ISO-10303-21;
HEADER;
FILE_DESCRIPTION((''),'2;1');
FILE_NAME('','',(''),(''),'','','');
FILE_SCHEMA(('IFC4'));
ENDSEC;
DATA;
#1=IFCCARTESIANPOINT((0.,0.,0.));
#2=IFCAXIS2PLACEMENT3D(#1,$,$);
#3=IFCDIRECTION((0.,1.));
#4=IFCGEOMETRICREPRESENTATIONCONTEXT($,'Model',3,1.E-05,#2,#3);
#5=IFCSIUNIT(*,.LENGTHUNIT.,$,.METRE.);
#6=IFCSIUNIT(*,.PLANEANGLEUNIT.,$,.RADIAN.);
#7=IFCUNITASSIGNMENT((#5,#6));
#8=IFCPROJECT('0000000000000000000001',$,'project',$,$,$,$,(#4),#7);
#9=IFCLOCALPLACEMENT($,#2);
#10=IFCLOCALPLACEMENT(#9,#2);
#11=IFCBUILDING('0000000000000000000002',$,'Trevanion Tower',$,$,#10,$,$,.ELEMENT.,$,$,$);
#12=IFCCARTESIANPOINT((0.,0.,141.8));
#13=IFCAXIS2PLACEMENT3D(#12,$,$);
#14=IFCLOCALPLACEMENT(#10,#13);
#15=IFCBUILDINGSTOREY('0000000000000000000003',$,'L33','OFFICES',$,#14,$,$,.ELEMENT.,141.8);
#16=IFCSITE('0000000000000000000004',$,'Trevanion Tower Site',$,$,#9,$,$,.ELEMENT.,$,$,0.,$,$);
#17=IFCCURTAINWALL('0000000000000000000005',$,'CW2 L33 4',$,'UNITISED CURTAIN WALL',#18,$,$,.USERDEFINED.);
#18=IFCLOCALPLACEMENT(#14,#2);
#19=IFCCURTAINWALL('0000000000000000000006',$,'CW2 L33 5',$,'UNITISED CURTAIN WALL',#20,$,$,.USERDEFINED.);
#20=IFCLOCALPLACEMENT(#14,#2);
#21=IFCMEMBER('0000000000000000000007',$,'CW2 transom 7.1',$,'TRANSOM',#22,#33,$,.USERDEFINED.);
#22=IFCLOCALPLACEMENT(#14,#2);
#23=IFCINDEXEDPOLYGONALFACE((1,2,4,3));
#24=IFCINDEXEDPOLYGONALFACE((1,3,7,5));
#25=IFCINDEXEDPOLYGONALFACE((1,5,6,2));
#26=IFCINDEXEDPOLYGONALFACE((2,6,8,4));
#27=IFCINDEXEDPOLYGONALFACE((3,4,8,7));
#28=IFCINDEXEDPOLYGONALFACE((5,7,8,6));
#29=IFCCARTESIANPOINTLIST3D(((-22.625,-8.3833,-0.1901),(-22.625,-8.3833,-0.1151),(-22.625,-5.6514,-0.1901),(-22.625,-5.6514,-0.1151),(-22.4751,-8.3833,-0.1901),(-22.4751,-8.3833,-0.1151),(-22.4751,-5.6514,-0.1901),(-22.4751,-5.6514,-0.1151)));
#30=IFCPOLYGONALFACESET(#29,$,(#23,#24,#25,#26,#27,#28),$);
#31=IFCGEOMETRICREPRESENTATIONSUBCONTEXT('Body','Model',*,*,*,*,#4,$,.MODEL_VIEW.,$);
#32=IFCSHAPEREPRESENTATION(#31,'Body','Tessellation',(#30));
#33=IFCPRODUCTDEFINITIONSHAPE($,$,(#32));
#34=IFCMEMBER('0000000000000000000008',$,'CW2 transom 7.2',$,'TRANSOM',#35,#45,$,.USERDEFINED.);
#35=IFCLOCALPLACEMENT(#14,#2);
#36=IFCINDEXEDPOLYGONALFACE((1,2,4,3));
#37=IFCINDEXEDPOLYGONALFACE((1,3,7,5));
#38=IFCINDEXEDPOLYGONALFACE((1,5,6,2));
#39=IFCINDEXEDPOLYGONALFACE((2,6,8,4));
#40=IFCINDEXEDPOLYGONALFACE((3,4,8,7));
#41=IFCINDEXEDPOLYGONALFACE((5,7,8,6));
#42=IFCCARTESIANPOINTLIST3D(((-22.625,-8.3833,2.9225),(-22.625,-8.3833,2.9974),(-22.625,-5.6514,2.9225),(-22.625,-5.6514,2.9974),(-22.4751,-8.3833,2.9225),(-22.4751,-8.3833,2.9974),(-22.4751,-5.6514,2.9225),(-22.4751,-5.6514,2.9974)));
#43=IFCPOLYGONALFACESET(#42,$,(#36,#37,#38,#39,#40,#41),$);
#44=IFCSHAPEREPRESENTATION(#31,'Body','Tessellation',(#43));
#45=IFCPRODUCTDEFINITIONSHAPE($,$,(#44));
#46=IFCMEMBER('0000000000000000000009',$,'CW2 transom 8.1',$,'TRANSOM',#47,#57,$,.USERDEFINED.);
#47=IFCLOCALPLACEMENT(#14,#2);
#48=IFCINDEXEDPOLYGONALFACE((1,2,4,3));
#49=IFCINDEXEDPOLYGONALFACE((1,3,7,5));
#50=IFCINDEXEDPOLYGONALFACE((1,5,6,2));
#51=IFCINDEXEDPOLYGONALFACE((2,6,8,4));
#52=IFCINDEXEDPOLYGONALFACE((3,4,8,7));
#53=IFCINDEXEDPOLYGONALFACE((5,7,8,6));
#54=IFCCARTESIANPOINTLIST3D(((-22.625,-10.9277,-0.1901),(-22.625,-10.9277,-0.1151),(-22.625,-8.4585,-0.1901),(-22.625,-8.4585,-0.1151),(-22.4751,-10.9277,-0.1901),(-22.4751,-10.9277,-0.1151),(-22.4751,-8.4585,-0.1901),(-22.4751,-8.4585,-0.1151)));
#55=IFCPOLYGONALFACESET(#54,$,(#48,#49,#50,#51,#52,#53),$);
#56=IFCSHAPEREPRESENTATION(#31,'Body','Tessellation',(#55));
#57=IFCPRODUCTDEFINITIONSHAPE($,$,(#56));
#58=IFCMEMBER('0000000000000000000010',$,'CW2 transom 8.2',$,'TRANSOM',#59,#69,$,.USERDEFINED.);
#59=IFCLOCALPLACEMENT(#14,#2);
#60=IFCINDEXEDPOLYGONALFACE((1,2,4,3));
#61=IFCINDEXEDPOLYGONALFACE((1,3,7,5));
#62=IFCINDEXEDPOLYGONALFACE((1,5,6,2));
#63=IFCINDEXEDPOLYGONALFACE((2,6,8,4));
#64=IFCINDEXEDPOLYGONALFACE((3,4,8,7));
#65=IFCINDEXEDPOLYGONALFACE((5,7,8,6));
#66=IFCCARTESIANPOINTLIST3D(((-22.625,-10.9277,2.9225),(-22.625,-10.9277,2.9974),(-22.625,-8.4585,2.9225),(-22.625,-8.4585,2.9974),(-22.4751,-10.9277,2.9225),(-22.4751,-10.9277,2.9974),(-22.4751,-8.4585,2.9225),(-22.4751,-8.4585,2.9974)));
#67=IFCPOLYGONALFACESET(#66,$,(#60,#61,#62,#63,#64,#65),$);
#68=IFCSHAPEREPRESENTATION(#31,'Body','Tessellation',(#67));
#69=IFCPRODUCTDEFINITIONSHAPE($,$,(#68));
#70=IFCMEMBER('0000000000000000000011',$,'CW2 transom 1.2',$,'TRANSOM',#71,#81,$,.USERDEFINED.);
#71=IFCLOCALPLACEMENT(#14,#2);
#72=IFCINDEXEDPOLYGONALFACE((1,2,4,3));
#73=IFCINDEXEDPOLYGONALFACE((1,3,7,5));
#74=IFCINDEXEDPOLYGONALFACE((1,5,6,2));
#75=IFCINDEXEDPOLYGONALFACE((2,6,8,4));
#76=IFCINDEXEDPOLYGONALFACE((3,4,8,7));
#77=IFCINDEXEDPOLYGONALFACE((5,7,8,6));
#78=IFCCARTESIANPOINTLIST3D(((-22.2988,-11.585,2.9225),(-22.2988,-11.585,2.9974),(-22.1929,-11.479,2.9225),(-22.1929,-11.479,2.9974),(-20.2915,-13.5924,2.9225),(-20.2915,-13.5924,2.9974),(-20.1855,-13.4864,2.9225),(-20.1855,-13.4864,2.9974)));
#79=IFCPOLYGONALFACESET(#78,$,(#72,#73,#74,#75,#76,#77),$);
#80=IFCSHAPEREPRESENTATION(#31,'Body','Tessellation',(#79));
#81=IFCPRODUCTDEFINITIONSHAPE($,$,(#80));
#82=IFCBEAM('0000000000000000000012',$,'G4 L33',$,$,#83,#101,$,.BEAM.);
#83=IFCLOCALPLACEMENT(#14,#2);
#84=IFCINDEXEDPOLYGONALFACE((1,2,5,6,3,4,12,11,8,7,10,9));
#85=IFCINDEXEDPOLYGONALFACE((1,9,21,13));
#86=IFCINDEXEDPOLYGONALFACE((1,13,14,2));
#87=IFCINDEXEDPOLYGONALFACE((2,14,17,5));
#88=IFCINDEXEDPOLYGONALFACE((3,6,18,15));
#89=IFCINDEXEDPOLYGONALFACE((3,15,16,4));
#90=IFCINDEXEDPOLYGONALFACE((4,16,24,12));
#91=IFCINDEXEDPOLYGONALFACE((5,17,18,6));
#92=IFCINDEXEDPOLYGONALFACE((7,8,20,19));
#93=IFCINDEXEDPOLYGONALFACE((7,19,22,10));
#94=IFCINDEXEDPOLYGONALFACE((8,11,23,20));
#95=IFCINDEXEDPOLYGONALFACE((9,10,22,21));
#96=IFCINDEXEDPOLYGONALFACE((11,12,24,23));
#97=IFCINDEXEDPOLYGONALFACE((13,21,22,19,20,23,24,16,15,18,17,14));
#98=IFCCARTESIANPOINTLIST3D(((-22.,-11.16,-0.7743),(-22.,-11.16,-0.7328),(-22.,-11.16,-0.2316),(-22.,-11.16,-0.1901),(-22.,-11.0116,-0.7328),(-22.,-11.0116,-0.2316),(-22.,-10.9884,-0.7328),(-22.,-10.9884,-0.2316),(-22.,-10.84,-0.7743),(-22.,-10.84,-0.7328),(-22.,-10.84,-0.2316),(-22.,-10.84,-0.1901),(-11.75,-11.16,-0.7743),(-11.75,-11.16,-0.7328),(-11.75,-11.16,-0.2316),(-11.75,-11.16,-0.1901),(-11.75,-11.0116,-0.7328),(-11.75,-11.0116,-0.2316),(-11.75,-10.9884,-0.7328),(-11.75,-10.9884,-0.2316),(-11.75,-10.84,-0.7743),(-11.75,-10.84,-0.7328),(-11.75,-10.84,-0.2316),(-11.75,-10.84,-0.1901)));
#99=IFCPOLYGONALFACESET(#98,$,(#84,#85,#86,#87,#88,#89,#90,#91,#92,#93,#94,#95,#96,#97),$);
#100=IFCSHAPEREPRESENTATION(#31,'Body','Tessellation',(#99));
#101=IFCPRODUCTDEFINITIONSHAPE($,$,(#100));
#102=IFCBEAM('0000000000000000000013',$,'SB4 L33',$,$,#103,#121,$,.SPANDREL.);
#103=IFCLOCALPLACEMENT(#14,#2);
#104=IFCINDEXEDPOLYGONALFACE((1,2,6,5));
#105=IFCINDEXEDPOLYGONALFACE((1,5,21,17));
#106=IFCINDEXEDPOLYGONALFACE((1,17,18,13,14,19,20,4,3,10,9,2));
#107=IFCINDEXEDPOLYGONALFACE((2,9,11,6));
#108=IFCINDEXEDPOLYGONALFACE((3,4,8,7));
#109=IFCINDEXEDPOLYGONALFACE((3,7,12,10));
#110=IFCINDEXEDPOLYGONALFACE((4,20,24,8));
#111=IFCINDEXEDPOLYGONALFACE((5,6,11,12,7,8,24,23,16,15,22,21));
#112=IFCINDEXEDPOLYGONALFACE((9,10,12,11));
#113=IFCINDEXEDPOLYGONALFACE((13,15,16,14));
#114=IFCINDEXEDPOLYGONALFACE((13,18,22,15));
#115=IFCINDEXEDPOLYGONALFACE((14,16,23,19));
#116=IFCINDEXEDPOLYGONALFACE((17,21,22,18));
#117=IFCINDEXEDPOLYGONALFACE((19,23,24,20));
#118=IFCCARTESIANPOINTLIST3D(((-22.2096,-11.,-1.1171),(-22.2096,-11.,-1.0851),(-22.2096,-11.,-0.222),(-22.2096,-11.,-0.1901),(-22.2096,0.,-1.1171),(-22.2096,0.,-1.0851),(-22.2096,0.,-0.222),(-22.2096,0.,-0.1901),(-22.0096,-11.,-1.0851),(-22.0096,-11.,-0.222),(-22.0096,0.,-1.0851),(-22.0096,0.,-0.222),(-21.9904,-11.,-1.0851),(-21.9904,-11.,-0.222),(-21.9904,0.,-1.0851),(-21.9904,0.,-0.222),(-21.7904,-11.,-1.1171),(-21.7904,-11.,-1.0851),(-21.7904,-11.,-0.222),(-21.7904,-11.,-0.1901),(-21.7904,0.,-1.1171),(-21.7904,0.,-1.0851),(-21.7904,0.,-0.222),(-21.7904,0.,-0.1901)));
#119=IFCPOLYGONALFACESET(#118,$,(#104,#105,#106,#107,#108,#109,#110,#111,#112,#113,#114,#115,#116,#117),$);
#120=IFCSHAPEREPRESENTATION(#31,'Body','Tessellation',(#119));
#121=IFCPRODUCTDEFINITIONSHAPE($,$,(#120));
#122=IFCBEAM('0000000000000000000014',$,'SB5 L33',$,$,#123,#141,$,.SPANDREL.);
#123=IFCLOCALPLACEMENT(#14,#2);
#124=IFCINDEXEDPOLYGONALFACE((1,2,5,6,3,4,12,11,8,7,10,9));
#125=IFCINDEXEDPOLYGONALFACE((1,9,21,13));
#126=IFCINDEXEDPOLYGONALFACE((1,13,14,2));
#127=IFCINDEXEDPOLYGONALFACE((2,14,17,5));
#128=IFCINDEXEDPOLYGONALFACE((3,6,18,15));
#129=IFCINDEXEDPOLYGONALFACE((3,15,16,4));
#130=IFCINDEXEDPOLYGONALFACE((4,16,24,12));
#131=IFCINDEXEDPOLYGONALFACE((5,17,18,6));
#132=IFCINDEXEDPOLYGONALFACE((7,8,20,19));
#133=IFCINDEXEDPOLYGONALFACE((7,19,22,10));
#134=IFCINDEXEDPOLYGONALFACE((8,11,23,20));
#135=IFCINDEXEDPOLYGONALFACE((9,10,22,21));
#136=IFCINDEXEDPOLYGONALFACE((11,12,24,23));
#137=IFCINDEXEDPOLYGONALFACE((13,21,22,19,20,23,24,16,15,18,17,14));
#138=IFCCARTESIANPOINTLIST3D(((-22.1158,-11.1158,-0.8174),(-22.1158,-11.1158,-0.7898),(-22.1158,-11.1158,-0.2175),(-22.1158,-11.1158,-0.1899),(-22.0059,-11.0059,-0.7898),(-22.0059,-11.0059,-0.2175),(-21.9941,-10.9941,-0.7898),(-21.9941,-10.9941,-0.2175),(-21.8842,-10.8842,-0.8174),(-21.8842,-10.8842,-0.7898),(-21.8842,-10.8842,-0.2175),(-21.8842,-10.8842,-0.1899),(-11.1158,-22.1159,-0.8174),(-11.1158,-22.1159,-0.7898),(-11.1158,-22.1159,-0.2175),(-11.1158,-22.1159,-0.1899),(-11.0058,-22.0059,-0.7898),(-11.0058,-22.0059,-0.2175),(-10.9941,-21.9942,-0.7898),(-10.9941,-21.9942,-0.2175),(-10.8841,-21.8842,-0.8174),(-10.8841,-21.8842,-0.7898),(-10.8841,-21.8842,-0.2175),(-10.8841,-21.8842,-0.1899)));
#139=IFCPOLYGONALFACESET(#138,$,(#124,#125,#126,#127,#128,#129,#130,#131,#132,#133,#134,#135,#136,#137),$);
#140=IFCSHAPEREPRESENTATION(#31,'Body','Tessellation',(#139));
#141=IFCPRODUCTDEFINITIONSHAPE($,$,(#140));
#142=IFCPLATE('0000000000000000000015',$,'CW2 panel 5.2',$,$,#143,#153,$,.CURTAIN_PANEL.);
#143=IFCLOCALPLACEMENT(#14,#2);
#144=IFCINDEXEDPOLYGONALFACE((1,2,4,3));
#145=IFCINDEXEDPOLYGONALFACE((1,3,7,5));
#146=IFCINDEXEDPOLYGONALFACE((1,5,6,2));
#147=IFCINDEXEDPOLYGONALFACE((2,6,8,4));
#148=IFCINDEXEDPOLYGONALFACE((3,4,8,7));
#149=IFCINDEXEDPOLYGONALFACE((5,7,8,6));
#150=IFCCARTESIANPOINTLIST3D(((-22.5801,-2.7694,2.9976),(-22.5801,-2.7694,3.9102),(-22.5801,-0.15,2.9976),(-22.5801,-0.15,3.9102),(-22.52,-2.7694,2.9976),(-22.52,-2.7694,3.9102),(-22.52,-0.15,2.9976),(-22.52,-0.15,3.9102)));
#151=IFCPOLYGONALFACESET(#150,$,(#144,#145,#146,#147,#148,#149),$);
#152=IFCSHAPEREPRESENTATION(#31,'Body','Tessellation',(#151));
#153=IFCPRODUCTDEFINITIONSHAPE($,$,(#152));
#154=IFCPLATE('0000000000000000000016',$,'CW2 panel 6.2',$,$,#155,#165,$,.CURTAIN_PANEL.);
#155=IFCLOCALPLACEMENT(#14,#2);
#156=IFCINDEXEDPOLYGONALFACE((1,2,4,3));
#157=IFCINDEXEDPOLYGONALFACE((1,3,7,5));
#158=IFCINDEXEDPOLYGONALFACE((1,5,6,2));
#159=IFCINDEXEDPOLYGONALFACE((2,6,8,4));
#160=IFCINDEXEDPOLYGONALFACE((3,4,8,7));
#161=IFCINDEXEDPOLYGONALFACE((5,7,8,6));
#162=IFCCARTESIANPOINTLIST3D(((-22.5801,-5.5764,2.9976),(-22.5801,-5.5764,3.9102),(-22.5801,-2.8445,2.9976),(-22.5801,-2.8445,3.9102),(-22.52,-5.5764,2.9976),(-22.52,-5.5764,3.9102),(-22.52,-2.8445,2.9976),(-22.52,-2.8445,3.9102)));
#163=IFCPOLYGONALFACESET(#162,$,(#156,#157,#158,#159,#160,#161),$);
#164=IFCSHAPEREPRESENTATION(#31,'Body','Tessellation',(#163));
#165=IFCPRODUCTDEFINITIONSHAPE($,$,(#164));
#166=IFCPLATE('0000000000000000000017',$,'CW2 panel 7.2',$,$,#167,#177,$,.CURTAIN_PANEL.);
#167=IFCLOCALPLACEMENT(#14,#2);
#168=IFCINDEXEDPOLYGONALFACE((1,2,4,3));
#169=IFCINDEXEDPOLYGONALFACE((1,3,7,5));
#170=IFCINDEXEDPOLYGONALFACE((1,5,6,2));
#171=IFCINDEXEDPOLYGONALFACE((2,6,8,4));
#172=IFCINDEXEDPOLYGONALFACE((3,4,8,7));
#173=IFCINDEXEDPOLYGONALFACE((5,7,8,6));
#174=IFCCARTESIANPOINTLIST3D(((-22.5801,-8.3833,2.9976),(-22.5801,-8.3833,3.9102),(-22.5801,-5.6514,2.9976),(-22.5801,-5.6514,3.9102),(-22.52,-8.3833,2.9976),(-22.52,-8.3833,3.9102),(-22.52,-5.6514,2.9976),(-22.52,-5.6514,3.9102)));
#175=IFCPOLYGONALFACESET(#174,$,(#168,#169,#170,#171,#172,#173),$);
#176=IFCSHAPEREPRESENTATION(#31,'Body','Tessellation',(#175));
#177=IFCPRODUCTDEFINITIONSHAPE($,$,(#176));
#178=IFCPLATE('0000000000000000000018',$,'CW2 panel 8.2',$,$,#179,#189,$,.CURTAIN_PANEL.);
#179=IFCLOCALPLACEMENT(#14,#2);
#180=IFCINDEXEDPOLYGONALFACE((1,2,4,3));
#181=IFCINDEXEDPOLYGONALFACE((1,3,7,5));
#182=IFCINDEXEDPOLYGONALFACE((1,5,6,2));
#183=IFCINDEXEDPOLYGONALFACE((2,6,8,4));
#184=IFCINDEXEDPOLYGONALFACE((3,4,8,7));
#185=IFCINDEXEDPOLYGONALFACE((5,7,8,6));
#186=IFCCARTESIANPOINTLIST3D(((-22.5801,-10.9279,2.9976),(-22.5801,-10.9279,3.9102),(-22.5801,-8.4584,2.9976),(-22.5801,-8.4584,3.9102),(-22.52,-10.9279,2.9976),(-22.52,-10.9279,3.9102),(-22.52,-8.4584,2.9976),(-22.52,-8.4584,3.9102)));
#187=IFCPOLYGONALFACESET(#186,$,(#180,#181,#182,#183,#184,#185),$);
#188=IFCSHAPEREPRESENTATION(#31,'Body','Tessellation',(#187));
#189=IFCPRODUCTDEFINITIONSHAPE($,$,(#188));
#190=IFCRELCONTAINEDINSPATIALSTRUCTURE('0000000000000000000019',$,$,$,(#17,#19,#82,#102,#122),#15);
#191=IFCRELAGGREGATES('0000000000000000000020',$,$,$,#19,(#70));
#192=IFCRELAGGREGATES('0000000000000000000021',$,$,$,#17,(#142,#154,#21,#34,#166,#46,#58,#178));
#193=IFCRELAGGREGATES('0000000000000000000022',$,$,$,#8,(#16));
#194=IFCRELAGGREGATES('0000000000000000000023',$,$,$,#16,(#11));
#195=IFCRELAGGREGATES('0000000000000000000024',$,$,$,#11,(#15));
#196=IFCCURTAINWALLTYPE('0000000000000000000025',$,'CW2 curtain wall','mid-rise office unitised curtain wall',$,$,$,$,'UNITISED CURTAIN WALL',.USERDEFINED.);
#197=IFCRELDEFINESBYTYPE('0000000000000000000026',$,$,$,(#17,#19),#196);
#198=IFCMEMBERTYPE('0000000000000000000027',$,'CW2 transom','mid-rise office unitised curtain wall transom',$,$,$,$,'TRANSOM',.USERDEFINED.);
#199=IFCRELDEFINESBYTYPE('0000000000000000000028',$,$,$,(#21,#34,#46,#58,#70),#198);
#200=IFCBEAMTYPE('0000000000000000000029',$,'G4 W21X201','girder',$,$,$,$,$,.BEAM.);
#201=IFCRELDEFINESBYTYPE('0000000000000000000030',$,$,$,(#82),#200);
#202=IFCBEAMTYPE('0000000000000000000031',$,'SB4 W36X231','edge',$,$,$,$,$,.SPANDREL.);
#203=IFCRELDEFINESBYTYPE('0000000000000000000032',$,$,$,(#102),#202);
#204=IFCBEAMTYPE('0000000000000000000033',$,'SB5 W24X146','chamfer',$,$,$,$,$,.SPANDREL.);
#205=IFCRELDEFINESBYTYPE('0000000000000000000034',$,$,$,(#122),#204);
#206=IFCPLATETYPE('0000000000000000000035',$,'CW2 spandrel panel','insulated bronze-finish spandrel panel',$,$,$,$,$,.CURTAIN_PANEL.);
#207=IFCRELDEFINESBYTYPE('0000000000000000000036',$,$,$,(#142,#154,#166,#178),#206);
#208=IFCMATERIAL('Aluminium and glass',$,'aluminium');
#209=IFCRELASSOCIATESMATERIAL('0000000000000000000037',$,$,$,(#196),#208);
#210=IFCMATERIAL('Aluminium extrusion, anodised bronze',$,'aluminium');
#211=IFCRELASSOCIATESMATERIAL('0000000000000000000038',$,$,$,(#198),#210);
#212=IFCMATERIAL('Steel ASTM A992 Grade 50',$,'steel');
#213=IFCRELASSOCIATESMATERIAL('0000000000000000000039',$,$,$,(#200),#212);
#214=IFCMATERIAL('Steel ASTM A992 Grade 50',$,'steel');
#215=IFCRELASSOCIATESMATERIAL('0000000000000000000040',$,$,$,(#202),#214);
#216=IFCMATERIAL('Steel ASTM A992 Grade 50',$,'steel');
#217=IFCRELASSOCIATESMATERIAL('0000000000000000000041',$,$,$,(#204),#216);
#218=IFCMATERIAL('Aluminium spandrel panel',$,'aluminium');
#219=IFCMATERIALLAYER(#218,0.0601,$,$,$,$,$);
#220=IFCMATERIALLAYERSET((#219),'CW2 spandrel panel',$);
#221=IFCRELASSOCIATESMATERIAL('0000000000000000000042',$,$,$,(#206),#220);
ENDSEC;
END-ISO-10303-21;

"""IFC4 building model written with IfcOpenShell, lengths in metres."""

from ifc_helpers import new_model, si_unit, direction, frame, origin, origin_2d, place, context, subcontext, project, spatial, rectangle, i_section, extrude, material, layer, layer_set, material_profile, profile_set, type_object, element, aggregate, save


model = new_model("IFC4")

# Units and contexts
model_context = context("Model", 3, precision=1e-05, world=origin(), true_north=direction((0.0, 1.0)))
body_context = subcontext(model_context, "Body", "Model", "MODEL_VIEW")
ifc_project = project(units=[si_unit("LENGTHUNIT", "METRE"), si_unit("PLANEANGLEUNIT", "RADIAN")], contexts=[model_context])

# Site, building, storey
site_placement = place(None, origin())
site = spatial("IfcSite", under=ifc_project, at=site_placement, Name="Trevanion Tower Site", CompositionType="ELEMENT", RefElevation=0.0)
building_placement = place(site_placement, origin())
building = spatial("IfcBuilding", under=site, at=building_placement, Name="Trevanion Tower", CompositionType="ELEMENT")
storey_placement = place(building_placement, frame((0.0, 0.0, 141.8)))
storey = spatial("IfcBuildingStorey", under=building, at=storey_placement, Name="L33", Description="OFFICES", CompositionType="ELEMENT", Elevation=141.8)

# Curtain wall
ifc_material_1 = material(Name="Aluminium and glass", Category="aluminium")
curtain_wall_type = type_object("IfcCurtainWallType", Name="CW2 curtain wall", Description="mid-rise office unitised curtain wall", ElementType="UNITISED CURTAIN WALL", PredefinedType="USERDEFINED", material=ifc_material_1)
curtain_wall_1_placement = place(storey_placement, origin())
curtain_wall_1 = element("IfcCurtainWall", 1, at=curtain_wall_1_placement, inside=storey, type_object=curtain_wall_type, Name="CW2 L33 4", ObjectType="UNITISED CURTAIN WALL", PredefinedType="USERDEFINED")

# Curtain wall
curtain_wall_2_placement = place(storey_placement, origin())
curtain_wall_2 = element("IfcCurtainWall", 2, at=curtain_wall_2_placement, inside=storey, type_object=curtain_wall_type, Name="CW2 L33 5", ObjectType="UNITISED CURTAIN WALL", PredefinedType="USERDEFINED")

# Members
ifc_material_2 = material(Name="Aluminium extrusion, anodised bronze", Category="aluminium")
ifc_material_profile_1 = material_profile(ifc_material_2, rectangle(XDim=0.1499, YDim=0.075, at=origin_2d()), Name="CW2 transom")
ifc_profile_set_1 = profile_set([ifc_material_profile_1], Name="Aluminium extrusion, anodised bronze")
member_type_1 = type_object("IfcMemberType", Name="CW2 transom", Description="mid-rise office unitised curtain wall transom", ElementType="TRANSOM", PredefinedType="USERDEFINED", material=ifc_profile_set_1)
member_1_placement = place(storey_placement, frame((-22.55, -5.6514, -0.1526), z_axis=(0.0, -1.0, 0.0), x_axis=(1.0, 0.0, 0.0)))
member_1 = element("IfcMember", 3, at=member_1_placement, type_object=member_type_1, Name="CW2 transom 7.1", ObjectType="TRANSOM", PredefinedType="USERDEFINED", context=body_context, shape_type="SweptSolid", body=[
    extrude(rectangle(XDim=0.1499, YDim=0.075, at=origin_2d()), origin(), (0.0, 0.0, 1.0), 2.7319),
])
member_2_placement = place(storey_placement, frame((-22.55, -5.6514, 2.96), z_axis=(0.0, -1.0, 0.0), x_axis=(1.0, 0.0, 0.0)))
member_2 = element("IfcMember", 4, at=member_2_placement, type_object=member_type_1, Name="CW2 transom 7.2", ObjectType="TRANSOM", PredefinedType="USERDEFINED", context=body_context, shape_type="SweptSolid", body=[
    extrude(rectangle(XDim=0.1499, YDim=0.075, at=origin_2d()), origin(), (0.0, 0.0, 1.0), 2.7319),
])
member_3_placement = place(storey_placement, frame((-22.55, -8.4585, -0.1526), z_axis=(0.0, -1.0, 0.0), x_axis=(1.0, 0.0, 0.0)))
member_3 = element("IfcMember", 5, at=member_3_placement, type_object=member_type_1, Name="CW2 transom 8.1", ObjectType="TRANSOM", PredefinedType="USERDEFINED", context=body_context, shape_type="SweptSolid", body=[
    extrude(rectangle(XDim=0.1499, YDim=0.075, at=origin_2d()), origin(), (0.0, 0.0, 1.0), 2.4692),
])
member_4_placement = place(storey_placement, frame((-22.55, -8.4585, 2.96), z_axis=(0.0, -1.0, 0.0), x_axis=(1.0, 0.0, 0.0)))
member_4 = element("IfcMember", 6, at=member_4_placement, type_object=member_type_1, Name="CW2 transom 8.2", ObjectType="TRANSOM", PredefinedType="USERDEFINED", context=body_context, shape_type="SweptSolid", body=[
    extrude(rectangle(XDim=0.1499, YDim=0.075, at=origin_2d()), origin(), (0.0, 0.0, 1.0), 2.4692),
])
member_5_placement = place(storey_placement, frame((-22.2458, -11.532, 2.96), z_axis=(0.707107, -0.707107, 0.0), x_axis=(0.707107, 0.707107, 0.0)))
member_5 = element("IfcMember", 7, at=member_5_placement, type_object=member_type_1, Name="CW2 transom 1.2", ObjectType="TRANSOM", PredefinedType="USERDEFINED", context=body_context, shape_type="SweptSolid", body=[
    extrude(rectangle(XDim=0.1499, YDim=0.075, at=origin_2d()), origin(), (0.0, 0.0, 1.0), 2.8389),
])
aggregate(curtain_wall_2, [member_5])

# Beams
ifc_material_3 = material(Name="Steel ASTM A992 Grade 50", Category="steel")
ifc_material_profile_2 = material_profile(ifc_material_3, i_section(OverallWidth=0.3201, OverallDepth=0.5842, WebThickness=0.0232, FlangeThickness=0.0415, at=origin_2d()), Name="W21X201")
ifc_profile_set_2 = profile_set([ifc_material_profile_2], Name="Steel ASTM A992 Grade 50")
beam_type_1 = type_object("IfcBeamType", Name="G4 W21X201", Description="girder", PredefinedType="BEAM", material=ifc_profile_set_2)
beam_1_placement = place(storey_placement, frame((-11.75, -11.0, -0.4822), z_axis=(-1.0, 0.0, 0.0), x_axis=(0.0, -1.0, 0.0)))
element("IfcBeam", 8, at=beam_1_placement, inside=storey, type_object=beam_type_1, Name="G4 L33", PredefinedType="BEAM", context=body_context, shape_type="SweptSolid", body=[
    extrude(i_section(OverallWidth=0.3201, OverallDepth=0.5842, WebThickness=0.0232, FlangeThickness=0.0415, at=origin_2d()), origin(), (0.0, 0.0, 1.0), 10.25),
])
ifc_material_4 = material(Name="Steel ASTM A992 Grade 50", Category="steel")
ifc_material_profile_3 = material_profile(ifc_material_4, i_section(OverallWidth=0.4192, OverallDepth=0.927, WebThickness=0.0193, FlangeThickness=0.032, at=origin_2d()), Name="W36X231")
ifc_profile_set_3 = profile_set([ifc_material_profile_3], Name="Steel ASTM A992 Grade 50")
beam_type_2 = type_object("IfcBeamType", Name="SB4 W36X231", Description="edge", PredefinedType="SPANDREL", material=ifc_profile_set_3)
beam_2_placement = place(storey_placement, frame((-22.0, 0.0, -0.6536), z_axis=(0.0, -1.0, 0.0), x_axis=(1.0, 0.0, 0.0)))
element("IfcBeam", 9, at=beam_2_placement, inside=storey, type_object=beam_type_2, Name="SB4 L33", PredefinedType="SPANDREL", context=body_context, shape_type="SweptSolid", body=[
    extrude(i_section(OverallWidth=0.4192, OverallDepth=0.927, WebThickness=0.0193, FlangeThickness=0.032, at=origin_2d()), origin(), (0.0, 0.0, 1.0), 11.0),
])
ifc_material_5 = material(Name="Steel ASTM A992 Grade 50", Category="steel")
ifc_material_profile_4 = material_profile(ifc_material_5, i_section(OverallWidth=0.3276, OverallDepth=0.6274, WebThickness=0.0166, FlangeThickness=0.0276, at=origin_2d()), Name="W24X146")
ifc_profile_set_4 = profile_set([ifc_material_profile_4], Name="Steel ASTM A992 Grade 50")
beam_type_3 = type_object("IfcBeamType", Name="SB5 W24X146", Description="chamfer", PredefinedType="SPANDREL", material=ifc_profile_set_4)
beam_3_placement = place(storey_placement, frame((-22.0, -11.0, -0.5037), z_axis=(0.707107, -0.707107, 0.0), x_axis=(0.707107, 0.707107, 0.0)))
element("IfcBeam", 10, at=beam_3_placement, inside=storey, type_object=beam_type_3, Name="SB5 L33", PredefinedType="SPANDREL", context=body_context, shape_type="SweptSolid", body=[
    extrude(i_section(OverallWidth=0.3276, OverallDepth=0.6274, WebThickness=0.0166, FlangeThickness=0.0276, at=origin_2d()), origin(), (0.0, 0.0, 1.0), 15.5564),
])

# Plates
ifc_material_6 = material(Name="Aluminium spandrel panel", Category="aluminium")
ifc_layer_1 = layer(ifc_material_6, 0.0601)
ifc_layer_set_1 = layer_set([ifc_layer_1], Name="CW2 spandrel panel")
plate_type_1 = type_object("IfcPlateType", Name="CW2 spandrel panel", Description="insulated bronze-finish spandrel panel", PredefinedType="CURTAIN_PANEL", material=ifc_layer_set_1)
plate_1_placement = place(storey_placement, frame((-22.55, -1.4597, 2.9976), z_axis=(0.0, 0.0, 1.0), x_axis=(0.0, -1.0, 0.0)))
plate_1 = element("IfcPlate", 11, at=plate_1_placement, type_object=plate_type_1, Name="CW2 panel 5.2", PredefinedType="CURTAIN_PANEL", context=body_context, shape_type="SweptSolid", body=[
    extrude(rectangle(XDim=2.6194, YDim=0.0601, at=origin_2d()), origin(), (0.0, 0.0, 1.0), 0.9126),
])
plate_2_placement = place(storey_placement, frame((-22.55, -4.2104, 2.9976), z_axis=(0.0, 0.0, 1.0), x_axis=(0.0, -1.0, 0.0)))
plate_2 = element("IfcPlate", 12, at=plate_2_placement, type_object=plate_type_1, Name="CW2 panel 6.2", PredefinedType="CURTAIN_PANEL", context=body_context, shape_type="SweptSolid", body=[
    extrude(rectangle(XDim=2.7319, YDim=0.0601, at=origin_2d()), origin(), (0.0, 0.0, 1.0), 0.9126),
])
plate_3_placement = place(storey_placement, frame((-22.55, -7.0173, 2.9976), z_axis=(0.0, 0.0, 1.0), x_axis=(0.0, -1.0, 0.0)))
plate_3 = element("IfcPlate", 13, at=plate_3_placement, type_object=plate_type_1, Name="CW2 panel 7.2", PredefinedType="CURTAIN_PANEL", context=body_context, shape_type="SweptSolid", body=[
    extrude(rectangle(XDim=2.7319, YDim=0.0601, at=origin_2d()), origin(), (0.0, 0.0, 1.0), 0.9126),
])
plate_4_placement = place(storey_placement, frame((-22.55, -9.6931, 2.9976), z_axis=(0.0, 0.0, 1.0), x_axis=(0.0, -1.0, 0.0)))
plate_4 = element("IfcPlate", 14, at=plate_4_placement, type_object=plate_type_1, Name="CW2 panel 8.2", PredefinedType="CURTAIN_PANEL", context=body_context, shape_type="SweptSolid", body=[
    extrude(rectangle(XDim=2.4695, YDim=0.0601, at=origin_2d()), origin(), (0.0, 0.0, 1.0), 0.9126),
])
aggregate(curtain_wall_1, [plate_1, plate_2, member_1, member_2, plate_3, member_3, member_4, plate_4])

save(model, "model.ifc")
